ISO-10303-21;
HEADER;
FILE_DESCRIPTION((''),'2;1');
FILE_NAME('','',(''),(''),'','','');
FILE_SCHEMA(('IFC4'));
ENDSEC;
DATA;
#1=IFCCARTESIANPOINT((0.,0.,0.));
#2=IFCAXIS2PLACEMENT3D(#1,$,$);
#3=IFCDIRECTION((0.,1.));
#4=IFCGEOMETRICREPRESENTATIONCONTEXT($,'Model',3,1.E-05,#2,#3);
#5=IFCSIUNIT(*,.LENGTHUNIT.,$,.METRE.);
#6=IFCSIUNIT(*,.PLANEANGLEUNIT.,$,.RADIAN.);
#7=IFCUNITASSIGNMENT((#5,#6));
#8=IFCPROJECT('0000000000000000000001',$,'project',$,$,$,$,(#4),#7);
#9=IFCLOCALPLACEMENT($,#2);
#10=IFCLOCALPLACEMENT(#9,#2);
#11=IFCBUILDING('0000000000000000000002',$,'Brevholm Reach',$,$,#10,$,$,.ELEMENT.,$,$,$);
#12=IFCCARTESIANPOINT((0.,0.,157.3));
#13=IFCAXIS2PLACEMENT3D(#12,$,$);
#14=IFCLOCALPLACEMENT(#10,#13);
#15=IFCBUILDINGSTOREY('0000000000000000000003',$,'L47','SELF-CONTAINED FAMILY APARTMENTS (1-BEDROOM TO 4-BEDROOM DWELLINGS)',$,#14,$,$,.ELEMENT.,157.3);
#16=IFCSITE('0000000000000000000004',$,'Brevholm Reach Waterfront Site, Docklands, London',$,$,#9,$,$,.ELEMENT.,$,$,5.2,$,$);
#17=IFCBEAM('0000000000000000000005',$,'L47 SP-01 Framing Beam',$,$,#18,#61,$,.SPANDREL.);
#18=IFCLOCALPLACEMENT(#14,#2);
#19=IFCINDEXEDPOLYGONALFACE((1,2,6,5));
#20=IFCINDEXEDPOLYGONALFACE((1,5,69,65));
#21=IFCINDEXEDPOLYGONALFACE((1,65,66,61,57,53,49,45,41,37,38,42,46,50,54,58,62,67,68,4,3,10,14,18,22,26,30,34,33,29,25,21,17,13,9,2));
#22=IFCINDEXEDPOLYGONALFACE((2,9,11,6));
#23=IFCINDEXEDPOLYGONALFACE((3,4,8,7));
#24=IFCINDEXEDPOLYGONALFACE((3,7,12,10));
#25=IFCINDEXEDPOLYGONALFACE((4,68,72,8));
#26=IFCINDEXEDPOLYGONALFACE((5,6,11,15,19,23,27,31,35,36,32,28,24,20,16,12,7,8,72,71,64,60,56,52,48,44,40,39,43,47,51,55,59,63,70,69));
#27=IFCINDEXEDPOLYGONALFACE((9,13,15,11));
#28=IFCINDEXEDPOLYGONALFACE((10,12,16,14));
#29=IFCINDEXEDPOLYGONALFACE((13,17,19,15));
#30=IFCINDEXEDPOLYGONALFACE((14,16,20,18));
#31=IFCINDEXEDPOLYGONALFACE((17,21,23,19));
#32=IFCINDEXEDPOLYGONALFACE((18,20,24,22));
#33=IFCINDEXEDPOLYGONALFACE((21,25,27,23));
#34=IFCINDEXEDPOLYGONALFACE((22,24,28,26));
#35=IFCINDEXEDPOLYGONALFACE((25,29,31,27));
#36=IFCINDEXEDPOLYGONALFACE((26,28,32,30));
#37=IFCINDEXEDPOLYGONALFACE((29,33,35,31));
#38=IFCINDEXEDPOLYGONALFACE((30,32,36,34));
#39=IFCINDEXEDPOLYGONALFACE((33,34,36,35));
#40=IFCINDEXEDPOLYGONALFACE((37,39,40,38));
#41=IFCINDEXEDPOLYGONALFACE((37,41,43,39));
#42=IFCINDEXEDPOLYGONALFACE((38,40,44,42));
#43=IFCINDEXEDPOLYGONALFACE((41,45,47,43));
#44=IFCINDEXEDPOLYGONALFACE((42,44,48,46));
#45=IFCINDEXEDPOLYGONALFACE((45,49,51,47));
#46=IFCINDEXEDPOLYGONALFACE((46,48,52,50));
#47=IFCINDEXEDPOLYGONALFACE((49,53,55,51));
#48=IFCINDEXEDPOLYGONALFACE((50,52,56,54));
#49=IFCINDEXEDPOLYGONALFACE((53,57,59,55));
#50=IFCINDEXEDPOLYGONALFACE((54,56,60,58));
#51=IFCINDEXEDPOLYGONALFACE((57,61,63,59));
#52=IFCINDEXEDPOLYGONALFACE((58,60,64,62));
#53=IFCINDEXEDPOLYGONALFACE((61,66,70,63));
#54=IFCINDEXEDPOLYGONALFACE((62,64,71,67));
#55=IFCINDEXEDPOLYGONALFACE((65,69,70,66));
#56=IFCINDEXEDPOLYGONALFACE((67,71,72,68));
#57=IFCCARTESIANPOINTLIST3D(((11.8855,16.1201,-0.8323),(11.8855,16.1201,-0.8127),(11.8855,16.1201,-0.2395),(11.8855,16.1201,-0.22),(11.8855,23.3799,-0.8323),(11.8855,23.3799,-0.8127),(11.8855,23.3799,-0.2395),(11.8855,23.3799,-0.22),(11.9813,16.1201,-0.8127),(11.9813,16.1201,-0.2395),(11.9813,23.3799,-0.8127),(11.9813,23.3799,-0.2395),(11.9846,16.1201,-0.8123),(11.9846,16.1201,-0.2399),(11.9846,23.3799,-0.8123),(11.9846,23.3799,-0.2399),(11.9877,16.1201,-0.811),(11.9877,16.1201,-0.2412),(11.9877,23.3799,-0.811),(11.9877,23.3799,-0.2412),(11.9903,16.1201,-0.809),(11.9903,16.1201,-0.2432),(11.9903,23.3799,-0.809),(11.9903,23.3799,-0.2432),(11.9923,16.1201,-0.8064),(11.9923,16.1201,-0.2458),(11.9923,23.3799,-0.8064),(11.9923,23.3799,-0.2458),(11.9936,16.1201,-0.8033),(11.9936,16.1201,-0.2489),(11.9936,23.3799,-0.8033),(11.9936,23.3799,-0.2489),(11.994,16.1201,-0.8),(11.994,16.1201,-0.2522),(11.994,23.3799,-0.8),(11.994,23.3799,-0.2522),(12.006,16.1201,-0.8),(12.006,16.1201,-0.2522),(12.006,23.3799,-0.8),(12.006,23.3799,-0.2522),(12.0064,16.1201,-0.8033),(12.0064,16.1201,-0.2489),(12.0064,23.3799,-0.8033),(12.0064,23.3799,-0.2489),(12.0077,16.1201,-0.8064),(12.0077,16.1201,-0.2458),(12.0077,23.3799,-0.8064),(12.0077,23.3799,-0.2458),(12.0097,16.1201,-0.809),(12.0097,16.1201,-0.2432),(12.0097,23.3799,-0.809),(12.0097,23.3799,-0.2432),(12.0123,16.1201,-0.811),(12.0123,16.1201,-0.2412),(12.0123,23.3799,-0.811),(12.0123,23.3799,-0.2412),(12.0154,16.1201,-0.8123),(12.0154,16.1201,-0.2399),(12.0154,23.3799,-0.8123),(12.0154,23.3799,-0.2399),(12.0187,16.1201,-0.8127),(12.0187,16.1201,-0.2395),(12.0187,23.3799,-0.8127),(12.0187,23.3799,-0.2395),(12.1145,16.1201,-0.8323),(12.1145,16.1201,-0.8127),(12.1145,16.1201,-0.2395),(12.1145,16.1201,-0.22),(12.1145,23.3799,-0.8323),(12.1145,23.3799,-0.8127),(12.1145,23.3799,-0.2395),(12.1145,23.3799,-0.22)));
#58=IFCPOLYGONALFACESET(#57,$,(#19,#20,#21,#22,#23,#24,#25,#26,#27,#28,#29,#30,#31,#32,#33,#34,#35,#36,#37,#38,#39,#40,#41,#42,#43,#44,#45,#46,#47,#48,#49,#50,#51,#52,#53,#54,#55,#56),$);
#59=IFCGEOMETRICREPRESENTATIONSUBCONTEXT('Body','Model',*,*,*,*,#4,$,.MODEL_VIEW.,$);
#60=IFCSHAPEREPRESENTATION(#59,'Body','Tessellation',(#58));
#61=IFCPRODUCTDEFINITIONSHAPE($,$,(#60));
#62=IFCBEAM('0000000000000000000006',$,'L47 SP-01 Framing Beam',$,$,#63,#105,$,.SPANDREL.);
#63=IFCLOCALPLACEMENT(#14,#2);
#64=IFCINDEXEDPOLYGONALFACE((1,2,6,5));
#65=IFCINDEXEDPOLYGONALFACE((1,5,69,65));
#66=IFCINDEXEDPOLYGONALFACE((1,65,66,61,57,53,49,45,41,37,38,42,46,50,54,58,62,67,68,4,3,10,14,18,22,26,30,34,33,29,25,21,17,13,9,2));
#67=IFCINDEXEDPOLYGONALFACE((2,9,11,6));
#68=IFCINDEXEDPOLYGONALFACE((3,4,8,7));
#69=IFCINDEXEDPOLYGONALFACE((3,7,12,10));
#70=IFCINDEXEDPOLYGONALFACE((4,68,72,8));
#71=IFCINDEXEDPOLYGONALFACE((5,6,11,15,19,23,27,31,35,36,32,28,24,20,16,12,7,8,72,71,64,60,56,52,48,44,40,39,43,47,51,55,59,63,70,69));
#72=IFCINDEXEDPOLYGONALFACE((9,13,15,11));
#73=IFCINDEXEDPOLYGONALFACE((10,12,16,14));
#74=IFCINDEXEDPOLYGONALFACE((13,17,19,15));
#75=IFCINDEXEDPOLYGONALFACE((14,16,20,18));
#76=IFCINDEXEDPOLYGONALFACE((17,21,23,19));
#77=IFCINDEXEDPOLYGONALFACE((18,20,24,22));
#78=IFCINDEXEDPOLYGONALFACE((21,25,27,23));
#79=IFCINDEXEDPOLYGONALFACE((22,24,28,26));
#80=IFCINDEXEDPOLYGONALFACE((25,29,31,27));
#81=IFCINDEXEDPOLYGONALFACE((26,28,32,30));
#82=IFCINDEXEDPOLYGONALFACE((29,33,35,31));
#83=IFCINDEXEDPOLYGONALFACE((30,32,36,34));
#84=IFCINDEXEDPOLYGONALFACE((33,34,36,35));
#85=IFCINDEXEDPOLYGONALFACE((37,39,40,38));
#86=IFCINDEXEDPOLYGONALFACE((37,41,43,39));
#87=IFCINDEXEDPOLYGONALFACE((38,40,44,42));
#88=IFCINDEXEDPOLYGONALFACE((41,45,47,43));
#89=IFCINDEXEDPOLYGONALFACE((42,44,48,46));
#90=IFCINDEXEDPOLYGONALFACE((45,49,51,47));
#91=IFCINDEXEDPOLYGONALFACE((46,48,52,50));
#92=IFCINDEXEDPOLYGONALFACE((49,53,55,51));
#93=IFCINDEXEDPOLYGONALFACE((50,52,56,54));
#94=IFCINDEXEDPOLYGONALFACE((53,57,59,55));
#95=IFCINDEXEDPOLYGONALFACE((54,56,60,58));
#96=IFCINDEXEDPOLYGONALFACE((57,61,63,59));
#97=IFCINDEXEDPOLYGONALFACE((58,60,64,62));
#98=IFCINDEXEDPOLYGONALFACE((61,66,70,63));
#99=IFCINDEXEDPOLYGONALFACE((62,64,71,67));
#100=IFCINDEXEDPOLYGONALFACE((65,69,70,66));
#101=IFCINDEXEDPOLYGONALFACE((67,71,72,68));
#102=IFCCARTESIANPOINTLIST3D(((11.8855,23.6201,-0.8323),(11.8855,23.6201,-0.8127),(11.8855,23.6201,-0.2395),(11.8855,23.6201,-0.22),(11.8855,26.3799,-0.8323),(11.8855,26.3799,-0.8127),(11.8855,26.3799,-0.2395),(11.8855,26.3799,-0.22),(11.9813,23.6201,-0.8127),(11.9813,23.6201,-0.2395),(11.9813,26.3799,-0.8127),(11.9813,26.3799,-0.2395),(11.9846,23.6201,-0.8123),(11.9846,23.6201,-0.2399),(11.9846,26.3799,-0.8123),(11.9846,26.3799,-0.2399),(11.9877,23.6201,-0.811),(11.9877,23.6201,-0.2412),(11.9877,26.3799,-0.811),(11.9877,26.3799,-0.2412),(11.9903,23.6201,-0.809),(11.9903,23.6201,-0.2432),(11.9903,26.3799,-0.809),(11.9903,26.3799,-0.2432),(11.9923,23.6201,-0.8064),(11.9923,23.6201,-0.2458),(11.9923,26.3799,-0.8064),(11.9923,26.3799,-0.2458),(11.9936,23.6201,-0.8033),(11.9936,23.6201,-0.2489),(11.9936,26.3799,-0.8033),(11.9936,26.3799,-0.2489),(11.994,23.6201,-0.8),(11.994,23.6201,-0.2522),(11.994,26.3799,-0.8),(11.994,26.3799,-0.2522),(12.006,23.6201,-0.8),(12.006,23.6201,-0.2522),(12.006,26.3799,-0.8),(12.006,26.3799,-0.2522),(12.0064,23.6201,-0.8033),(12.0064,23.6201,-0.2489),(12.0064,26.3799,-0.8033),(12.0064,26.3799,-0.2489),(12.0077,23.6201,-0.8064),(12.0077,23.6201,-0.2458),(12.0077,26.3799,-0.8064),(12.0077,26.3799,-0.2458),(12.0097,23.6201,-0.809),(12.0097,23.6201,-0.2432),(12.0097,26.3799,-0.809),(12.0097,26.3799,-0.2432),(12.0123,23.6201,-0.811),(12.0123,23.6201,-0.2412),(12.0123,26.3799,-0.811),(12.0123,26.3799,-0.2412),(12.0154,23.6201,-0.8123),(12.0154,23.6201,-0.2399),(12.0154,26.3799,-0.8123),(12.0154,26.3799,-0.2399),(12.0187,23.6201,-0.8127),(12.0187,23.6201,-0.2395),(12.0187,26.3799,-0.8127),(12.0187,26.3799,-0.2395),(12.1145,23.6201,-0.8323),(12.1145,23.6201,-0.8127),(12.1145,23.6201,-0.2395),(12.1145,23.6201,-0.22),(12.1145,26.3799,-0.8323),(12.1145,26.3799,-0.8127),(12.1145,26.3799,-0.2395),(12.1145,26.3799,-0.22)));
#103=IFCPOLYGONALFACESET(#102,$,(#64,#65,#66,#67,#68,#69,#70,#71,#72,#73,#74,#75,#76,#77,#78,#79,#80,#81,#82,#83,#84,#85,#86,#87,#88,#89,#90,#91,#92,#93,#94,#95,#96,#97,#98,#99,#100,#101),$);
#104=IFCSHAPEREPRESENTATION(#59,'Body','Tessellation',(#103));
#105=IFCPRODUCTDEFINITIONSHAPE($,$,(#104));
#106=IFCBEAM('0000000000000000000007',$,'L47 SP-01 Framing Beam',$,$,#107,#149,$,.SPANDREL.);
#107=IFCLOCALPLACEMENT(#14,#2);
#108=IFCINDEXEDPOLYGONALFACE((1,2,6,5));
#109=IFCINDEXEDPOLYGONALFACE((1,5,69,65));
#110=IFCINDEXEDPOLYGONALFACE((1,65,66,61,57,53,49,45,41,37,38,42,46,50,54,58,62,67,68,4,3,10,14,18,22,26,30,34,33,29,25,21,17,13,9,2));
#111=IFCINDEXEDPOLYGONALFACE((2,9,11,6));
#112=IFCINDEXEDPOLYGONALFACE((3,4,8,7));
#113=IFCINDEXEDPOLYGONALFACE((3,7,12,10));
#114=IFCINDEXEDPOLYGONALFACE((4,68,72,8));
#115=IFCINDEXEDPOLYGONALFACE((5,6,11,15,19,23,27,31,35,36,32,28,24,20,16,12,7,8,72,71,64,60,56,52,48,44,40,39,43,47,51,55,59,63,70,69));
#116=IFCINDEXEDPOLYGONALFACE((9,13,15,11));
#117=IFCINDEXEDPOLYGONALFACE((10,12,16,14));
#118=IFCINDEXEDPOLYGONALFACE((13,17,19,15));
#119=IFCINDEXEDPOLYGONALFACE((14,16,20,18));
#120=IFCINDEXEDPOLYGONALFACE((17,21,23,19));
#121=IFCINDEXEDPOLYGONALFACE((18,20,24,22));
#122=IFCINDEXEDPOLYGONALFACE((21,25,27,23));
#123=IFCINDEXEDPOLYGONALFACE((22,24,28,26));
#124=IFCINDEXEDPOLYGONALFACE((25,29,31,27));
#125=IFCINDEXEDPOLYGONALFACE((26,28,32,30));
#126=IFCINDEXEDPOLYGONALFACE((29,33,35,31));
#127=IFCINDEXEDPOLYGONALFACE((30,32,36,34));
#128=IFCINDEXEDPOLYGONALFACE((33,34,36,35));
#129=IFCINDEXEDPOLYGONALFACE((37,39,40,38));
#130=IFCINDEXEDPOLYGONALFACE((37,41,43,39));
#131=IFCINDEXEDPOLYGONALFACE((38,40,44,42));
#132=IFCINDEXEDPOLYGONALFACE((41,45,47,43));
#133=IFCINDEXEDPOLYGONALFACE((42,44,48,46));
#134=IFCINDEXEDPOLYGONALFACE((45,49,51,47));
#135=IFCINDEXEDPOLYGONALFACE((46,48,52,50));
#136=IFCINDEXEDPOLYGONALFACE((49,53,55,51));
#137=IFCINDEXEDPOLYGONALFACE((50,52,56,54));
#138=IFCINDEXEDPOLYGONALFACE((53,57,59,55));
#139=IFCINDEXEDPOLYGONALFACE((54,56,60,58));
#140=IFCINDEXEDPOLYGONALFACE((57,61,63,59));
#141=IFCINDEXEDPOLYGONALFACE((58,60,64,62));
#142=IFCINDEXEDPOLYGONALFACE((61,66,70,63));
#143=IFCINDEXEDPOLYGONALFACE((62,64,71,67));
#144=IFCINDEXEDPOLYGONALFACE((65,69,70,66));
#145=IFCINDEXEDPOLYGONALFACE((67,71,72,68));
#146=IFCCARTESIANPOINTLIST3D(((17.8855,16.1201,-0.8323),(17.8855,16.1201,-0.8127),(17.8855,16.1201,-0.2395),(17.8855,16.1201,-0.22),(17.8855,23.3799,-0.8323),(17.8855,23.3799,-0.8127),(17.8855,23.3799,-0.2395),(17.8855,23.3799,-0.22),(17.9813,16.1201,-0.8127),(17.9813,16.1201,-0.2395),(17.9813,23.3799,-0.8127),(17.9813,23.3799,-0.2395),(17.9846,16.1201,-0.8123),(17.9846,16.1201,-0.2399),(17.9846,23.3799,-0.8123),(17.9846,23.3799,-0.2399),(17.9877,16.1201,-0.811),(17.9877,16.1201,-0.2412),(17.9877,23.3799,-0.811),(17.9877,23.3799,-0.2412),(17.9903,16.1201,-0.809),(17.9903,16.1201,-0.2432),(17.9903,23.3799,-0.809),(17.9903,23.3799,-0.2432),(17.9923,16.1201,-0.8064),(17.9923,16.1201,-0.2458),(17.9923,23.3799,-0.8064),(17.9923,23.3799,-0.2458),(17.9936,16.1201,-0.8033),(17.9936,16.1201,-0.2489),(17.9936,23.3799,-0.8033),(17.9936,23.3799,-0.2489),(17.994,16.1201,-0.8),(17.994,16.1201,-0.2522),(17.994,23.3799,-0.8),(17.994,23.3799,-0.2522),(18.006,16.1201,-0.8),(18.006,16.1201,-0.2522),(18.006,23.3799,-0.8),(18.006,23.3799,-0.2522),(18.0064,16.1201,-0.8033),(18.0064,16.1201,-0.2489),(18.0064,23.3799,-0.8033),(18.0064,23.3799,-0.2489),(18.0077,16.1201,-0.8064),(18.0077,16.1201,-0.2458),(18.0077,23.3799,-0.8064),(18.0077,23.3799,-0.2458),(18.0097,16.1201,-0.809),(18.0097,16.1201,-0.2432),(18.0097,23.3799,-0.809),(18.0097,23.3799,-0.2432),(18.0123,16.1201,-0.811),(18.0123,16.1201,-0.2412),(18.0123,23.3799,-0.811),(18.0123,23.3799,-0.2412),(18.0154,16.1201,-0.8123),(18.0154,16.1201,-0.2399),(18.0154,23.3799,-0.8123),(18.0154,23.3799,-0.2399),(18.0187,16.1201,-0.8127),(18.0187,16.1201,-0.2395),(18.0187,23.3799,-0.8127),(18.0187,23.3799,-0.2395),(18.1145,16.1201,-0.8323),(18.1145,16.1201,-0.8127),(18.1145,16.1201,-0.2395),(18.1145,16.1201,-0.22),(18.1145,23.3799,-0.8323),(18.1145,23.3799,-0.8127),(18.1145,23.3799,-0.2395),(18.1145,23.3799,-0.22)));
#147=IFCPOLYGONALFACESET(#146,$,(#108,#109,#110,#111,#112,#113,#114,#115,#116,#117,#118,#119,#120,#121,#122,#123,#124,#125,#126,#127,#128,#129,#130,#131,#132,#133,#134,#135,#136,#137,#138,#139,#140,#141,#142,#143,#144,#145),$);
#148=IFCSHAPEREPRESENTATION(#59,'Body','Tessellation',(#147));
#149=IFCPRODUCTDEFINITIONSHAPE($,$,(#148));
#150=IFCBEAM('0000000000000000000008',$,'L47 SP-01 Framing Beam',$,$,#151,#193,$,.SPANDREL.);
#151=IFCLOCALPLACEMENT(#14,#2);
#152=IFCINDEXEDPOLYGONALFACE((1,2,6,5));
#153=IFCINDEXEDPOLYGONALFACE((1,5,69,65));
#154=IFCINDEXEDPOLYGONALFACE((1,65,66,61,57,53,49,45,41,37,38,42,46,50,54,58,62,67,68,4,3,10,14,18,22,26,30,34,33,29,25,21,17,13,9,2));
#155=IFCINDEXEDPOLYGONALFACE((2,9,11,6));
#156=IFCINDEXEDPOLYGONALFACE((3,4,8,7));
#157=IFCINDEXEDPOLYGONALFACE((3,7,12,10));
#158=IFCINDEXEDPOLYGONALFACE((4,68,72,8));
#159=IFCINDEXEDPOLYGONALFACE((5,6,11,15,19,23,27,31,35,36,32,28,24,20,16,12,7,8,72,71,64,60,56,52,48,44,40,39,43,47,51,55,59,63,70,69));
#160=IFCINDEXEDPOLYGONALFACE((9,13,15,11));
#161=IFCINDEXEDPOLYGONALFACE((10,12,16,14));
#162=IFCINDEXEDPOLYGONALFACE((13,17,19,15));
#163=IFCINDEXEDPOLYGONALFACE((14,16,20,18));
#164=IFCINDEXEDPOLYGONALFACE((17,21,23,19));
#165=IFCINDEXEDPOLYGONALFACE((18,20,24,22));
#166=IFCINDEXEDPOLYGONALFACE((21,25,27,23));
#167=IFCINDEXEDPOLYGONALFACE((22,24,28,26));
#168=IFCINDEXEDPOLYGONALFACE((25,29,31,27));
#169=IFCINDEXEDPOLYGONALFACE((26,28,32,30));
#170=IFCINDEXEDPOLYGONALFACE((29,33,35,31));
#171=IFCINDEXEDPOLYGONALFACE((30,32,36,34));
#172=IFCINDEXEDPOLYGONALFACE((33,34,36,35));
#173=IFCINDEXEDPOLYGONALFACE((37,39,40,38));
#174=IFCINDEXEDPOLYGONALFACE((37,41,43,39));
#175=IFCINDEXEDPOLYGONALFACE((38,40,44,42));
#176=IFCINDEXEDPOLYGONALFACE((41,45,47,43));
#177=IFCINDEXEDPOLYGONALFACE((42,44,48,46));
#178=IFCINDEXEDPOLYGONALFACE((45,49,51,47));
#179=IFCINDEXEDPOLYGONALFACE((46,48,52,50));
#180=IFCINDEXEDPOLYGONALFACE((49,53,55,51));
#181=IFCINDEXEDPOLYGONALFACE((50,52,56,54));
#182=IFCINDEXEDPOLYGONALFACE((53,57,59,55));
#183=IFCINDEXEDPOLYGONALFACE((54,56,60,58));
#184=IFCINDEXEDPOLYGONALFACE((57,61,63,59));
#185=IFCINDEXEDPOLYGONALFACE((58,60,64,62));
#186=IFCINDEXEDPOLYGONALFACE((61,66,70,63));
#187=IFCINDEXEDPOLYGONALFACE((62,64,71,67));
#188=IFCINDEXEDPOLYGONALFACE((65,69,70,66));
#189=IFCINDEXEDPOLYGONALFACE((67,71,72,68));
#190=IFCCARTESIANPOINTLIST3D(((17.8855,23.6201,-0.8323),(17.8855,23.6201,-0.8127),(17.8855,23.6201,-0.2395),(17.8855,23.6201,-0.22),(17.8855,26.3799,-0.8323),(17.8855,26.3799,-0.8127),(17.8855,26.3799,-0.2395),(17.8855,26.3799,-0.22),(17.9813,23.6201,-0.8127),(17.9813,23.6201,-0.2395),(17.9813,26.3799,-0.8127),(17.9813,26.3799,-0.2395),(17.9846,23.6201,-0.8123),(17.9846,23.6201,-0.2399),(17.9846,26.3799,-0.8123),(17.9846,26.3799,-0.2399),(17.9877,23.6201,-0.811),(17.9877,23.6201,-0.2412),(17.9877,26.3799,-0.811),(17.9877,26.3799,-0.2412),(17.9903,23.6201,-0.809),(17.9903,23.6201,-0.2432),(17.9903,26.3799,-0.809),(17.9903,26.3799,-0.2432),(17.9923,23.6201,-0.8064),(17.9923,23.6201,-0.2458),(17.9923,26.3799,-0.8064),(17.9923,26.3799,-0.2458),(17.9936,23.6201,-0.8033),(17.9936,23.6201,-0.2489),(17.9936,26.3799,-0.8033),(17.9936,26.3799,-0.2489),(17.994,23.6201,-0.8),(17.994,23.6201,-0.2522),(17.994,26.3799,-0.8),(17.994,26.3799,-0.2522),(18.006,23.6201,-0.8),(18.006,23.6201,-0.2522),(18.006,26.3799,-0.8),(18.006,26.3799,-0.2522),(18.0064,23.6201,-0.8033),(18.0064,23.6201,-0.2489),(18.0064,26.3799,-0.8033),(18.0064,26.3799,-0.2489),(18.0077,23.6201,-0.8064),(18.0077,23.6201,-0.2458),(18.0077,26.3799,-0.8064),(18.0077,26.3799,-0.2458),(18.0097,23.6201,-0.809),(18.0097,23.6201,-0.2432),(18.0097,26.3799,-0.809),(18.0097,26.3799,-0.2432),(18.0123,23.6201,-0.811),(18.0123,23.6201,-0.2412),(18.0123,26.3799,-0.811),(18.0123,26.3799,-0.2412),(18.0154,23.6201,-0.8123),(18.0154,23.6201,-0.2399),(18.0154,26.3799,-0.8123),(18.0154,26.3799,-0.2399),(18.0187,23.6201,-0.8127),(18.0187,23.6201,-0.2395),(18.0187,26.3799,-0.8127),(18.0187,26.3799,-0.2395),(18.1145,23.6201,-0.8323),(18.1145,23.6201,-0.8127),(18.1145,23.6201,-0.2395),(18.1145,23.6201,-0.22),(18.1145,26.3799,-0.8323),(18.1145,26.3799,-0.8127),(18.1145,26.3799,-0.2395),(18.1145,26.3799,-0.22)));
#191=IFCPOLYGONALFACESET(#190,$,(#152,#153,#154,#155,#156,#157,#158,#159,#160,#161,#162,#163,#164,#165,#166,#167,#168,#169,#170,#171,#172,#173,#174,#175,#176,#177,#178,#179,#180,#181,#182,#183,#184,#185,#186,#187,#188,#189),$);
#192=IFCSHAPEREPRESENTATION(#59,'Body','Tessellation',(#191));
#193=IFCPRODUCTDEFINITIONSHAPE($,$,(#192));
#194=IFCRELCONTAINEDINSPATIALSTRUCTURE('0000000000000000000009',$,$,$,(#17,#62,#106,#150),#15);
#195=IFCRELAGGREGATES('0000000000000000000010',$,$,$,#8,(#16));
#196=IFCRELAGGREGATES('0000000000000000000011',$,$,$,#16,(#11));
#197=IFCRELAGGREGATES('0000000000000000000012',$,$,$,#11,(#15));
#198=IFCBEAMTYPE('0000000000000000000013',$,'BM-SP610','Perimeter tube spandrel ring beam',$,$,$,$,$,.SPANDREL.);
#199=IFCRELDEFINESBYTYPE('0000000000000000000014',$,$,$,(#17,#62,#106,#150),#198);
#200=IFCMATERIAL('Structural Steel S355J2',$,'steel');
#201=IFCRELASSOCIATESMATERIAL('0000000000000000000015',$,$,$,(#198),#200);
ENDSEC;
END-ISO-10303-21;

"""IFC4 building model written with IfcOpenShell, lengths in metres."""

from ifc_helpers import new_model, si_unit, direction, frame, origin, origin_2d, place, context, subcontext, project, spatial, i_section, extrude, material, material_profile, profile_set, type_object, element, save


model = new_model("IFC4")

# Units and contexts
model_context = context("Model", 3, precision=1e-05, world=origin(), true_north=direction((0.0, 1.0)))
body_context = subcontext(model_context, "Body", "Model", "MODEL_VIEW")
ifc_project = project(units=[si_unit("LENGTHUNIT", "METRE"), si_unit("PLANEANGLEUNIT", "RADIAN")], contexts=[model_context])

# Site, building, storey
site_placement = place(None, origin())
site = spatial("IfcSite", under=ifc_project, at=site_placement, Name="Brevholm Reach Waterfront Site, Docklands, London", CompositionType="ELEMENT", RefElevation=5.2)
building_placement = place(site_placement, origin())
building = spatial("IfcBuilding", under=site, at=building_placement, Name="Brevholm Reach", CompositionType="ELEMENT")
storey_placement = place(building_placement, frame((0.0, 0.0, 157.3)))
storey = spatial("IfcBuildingStorey", under=building, at=storey_placement, Name="L47", Description="SELF-CONTAINED FAMILY APARTMENTS (1-BEDROOM TO 4-BEDROOM DWELLINGS)", CompositionType="ELEMENT", Elevation=157.3)

# Beams
ifc_material_1 = material(Name="Structural Steel S355J2", Category="steel")
ifc_material_profile_1 = material_profile(ifc_material_1, i_section(OverallWidth=0.229, OverallDepth=0.6123, WebThickness=0.012, FlangeThickness=0.0195, FilletRadius=0.0127, at=origin_2d()), Name="UKB 610x229x125")
ifc_profile_set_1 = profile_set([ifc_material_profile_1], Name="Structural Steel S355J2")
beam_type_1 = type_object("IfcBeamType", Name="BM-SP610", Description="Perimeter tube spandrel ring beam", PredefinedType="SPANDREL", material=ifc_profile_set_1)
beam_1_placement = place(storey_placement, frame((12.0, 16.1201, -0.5261), z_axis=(0.0, 1.0, 0.0), x_axis=(-1.0, 0.0, 0.0)))
element("IfcBeam", 1, at=beam_1_placement, inside=storey, type_object=beam_type_1, Name="L47 SP-01 Framing Beam", PredefinedType="SPANDREL", context=body_context, shape_type="SweptSolid", body=[
    extrude(i_section(OverallWidth=0.229, OverallDepth=0.6123, WebThickness=0.012, FlangeThickness=0.0195, FilletRadius=0.0127, at=origin_2d()), origin(), (0.0, 0.0, 1.0), 7.2598),
])
beam_2_placement = place(storey_placement, frame((12.0, 23.6201, -0.5261), z_axis=(0.0, 1.0, 0.0), x_axis=(-1.0, 0.0, 0.0)))
element("IfcBeam", 2, at=beam_2_placement, inside=storey, type_object=beam_type_1, Name="L47 SP-01 Framing Beam", PredefinedType="SPANDREL", context=body_context, shape_type="SweptSolid", body=[
    extrude(i_section(OverallWidth=0.229, OverallDepth=0.6123, WebThickness=0.012, FlangeThickness=0.0195, FilletRadius=0.0127, at=origin_2d()), origin(), (0.0, 0.0, 1.0), 2.7598),
])
beam_3_placement = place(storey_placement, frame((18.0, 16.1201, -0.5261), z_axis=(0.0, 1.0, 0.0), x_axis=(-1.0, 0.0, 0.0)))
element("IfcBeam", 3, at=beam_3_placement, inside=storey, type_object=beam_type_1, Name="L47 SP-01 Framing Beam", PredefinedType="SPANDREL", context=body_context, shape_type="SweptSolid", body=[
    extrude(i_section(OverallWidth=0.229, OverallDepth=0.6123, WebThickness=0.012, FlangeThickness=0.0195, FilletRadius=0.0127, at=origin_2d()), origin(), (0.0, 0.0, 1.0), 7.2598),
])
beam_4_placement = place(storey_placement, frame((18.0, 23.6201, -0.5261), z_axis=(0.0, 1.0, 0.0), x_axis=(-1.0, 0.0, 0.0)))
element("IfcBeam", 4, at=beam_4_placement, inside=storey, type_object=beam_type_1, Name="L47 SP-01 Framing Beam", PredefinedType="SPANDREL", context=body_context, shape_type="SweptSolid", body=[
    extrude(i_section(OverallWidth=0.229, OverallDepth=0.6123, WebThickness=0.012, FlangeThickness=0.0195, FilletRadius=0.0127, at=origin_2d()), origin(), (0.0, 0.0, 1.0), 2.7598),
])

save(model, "model.ifc")
